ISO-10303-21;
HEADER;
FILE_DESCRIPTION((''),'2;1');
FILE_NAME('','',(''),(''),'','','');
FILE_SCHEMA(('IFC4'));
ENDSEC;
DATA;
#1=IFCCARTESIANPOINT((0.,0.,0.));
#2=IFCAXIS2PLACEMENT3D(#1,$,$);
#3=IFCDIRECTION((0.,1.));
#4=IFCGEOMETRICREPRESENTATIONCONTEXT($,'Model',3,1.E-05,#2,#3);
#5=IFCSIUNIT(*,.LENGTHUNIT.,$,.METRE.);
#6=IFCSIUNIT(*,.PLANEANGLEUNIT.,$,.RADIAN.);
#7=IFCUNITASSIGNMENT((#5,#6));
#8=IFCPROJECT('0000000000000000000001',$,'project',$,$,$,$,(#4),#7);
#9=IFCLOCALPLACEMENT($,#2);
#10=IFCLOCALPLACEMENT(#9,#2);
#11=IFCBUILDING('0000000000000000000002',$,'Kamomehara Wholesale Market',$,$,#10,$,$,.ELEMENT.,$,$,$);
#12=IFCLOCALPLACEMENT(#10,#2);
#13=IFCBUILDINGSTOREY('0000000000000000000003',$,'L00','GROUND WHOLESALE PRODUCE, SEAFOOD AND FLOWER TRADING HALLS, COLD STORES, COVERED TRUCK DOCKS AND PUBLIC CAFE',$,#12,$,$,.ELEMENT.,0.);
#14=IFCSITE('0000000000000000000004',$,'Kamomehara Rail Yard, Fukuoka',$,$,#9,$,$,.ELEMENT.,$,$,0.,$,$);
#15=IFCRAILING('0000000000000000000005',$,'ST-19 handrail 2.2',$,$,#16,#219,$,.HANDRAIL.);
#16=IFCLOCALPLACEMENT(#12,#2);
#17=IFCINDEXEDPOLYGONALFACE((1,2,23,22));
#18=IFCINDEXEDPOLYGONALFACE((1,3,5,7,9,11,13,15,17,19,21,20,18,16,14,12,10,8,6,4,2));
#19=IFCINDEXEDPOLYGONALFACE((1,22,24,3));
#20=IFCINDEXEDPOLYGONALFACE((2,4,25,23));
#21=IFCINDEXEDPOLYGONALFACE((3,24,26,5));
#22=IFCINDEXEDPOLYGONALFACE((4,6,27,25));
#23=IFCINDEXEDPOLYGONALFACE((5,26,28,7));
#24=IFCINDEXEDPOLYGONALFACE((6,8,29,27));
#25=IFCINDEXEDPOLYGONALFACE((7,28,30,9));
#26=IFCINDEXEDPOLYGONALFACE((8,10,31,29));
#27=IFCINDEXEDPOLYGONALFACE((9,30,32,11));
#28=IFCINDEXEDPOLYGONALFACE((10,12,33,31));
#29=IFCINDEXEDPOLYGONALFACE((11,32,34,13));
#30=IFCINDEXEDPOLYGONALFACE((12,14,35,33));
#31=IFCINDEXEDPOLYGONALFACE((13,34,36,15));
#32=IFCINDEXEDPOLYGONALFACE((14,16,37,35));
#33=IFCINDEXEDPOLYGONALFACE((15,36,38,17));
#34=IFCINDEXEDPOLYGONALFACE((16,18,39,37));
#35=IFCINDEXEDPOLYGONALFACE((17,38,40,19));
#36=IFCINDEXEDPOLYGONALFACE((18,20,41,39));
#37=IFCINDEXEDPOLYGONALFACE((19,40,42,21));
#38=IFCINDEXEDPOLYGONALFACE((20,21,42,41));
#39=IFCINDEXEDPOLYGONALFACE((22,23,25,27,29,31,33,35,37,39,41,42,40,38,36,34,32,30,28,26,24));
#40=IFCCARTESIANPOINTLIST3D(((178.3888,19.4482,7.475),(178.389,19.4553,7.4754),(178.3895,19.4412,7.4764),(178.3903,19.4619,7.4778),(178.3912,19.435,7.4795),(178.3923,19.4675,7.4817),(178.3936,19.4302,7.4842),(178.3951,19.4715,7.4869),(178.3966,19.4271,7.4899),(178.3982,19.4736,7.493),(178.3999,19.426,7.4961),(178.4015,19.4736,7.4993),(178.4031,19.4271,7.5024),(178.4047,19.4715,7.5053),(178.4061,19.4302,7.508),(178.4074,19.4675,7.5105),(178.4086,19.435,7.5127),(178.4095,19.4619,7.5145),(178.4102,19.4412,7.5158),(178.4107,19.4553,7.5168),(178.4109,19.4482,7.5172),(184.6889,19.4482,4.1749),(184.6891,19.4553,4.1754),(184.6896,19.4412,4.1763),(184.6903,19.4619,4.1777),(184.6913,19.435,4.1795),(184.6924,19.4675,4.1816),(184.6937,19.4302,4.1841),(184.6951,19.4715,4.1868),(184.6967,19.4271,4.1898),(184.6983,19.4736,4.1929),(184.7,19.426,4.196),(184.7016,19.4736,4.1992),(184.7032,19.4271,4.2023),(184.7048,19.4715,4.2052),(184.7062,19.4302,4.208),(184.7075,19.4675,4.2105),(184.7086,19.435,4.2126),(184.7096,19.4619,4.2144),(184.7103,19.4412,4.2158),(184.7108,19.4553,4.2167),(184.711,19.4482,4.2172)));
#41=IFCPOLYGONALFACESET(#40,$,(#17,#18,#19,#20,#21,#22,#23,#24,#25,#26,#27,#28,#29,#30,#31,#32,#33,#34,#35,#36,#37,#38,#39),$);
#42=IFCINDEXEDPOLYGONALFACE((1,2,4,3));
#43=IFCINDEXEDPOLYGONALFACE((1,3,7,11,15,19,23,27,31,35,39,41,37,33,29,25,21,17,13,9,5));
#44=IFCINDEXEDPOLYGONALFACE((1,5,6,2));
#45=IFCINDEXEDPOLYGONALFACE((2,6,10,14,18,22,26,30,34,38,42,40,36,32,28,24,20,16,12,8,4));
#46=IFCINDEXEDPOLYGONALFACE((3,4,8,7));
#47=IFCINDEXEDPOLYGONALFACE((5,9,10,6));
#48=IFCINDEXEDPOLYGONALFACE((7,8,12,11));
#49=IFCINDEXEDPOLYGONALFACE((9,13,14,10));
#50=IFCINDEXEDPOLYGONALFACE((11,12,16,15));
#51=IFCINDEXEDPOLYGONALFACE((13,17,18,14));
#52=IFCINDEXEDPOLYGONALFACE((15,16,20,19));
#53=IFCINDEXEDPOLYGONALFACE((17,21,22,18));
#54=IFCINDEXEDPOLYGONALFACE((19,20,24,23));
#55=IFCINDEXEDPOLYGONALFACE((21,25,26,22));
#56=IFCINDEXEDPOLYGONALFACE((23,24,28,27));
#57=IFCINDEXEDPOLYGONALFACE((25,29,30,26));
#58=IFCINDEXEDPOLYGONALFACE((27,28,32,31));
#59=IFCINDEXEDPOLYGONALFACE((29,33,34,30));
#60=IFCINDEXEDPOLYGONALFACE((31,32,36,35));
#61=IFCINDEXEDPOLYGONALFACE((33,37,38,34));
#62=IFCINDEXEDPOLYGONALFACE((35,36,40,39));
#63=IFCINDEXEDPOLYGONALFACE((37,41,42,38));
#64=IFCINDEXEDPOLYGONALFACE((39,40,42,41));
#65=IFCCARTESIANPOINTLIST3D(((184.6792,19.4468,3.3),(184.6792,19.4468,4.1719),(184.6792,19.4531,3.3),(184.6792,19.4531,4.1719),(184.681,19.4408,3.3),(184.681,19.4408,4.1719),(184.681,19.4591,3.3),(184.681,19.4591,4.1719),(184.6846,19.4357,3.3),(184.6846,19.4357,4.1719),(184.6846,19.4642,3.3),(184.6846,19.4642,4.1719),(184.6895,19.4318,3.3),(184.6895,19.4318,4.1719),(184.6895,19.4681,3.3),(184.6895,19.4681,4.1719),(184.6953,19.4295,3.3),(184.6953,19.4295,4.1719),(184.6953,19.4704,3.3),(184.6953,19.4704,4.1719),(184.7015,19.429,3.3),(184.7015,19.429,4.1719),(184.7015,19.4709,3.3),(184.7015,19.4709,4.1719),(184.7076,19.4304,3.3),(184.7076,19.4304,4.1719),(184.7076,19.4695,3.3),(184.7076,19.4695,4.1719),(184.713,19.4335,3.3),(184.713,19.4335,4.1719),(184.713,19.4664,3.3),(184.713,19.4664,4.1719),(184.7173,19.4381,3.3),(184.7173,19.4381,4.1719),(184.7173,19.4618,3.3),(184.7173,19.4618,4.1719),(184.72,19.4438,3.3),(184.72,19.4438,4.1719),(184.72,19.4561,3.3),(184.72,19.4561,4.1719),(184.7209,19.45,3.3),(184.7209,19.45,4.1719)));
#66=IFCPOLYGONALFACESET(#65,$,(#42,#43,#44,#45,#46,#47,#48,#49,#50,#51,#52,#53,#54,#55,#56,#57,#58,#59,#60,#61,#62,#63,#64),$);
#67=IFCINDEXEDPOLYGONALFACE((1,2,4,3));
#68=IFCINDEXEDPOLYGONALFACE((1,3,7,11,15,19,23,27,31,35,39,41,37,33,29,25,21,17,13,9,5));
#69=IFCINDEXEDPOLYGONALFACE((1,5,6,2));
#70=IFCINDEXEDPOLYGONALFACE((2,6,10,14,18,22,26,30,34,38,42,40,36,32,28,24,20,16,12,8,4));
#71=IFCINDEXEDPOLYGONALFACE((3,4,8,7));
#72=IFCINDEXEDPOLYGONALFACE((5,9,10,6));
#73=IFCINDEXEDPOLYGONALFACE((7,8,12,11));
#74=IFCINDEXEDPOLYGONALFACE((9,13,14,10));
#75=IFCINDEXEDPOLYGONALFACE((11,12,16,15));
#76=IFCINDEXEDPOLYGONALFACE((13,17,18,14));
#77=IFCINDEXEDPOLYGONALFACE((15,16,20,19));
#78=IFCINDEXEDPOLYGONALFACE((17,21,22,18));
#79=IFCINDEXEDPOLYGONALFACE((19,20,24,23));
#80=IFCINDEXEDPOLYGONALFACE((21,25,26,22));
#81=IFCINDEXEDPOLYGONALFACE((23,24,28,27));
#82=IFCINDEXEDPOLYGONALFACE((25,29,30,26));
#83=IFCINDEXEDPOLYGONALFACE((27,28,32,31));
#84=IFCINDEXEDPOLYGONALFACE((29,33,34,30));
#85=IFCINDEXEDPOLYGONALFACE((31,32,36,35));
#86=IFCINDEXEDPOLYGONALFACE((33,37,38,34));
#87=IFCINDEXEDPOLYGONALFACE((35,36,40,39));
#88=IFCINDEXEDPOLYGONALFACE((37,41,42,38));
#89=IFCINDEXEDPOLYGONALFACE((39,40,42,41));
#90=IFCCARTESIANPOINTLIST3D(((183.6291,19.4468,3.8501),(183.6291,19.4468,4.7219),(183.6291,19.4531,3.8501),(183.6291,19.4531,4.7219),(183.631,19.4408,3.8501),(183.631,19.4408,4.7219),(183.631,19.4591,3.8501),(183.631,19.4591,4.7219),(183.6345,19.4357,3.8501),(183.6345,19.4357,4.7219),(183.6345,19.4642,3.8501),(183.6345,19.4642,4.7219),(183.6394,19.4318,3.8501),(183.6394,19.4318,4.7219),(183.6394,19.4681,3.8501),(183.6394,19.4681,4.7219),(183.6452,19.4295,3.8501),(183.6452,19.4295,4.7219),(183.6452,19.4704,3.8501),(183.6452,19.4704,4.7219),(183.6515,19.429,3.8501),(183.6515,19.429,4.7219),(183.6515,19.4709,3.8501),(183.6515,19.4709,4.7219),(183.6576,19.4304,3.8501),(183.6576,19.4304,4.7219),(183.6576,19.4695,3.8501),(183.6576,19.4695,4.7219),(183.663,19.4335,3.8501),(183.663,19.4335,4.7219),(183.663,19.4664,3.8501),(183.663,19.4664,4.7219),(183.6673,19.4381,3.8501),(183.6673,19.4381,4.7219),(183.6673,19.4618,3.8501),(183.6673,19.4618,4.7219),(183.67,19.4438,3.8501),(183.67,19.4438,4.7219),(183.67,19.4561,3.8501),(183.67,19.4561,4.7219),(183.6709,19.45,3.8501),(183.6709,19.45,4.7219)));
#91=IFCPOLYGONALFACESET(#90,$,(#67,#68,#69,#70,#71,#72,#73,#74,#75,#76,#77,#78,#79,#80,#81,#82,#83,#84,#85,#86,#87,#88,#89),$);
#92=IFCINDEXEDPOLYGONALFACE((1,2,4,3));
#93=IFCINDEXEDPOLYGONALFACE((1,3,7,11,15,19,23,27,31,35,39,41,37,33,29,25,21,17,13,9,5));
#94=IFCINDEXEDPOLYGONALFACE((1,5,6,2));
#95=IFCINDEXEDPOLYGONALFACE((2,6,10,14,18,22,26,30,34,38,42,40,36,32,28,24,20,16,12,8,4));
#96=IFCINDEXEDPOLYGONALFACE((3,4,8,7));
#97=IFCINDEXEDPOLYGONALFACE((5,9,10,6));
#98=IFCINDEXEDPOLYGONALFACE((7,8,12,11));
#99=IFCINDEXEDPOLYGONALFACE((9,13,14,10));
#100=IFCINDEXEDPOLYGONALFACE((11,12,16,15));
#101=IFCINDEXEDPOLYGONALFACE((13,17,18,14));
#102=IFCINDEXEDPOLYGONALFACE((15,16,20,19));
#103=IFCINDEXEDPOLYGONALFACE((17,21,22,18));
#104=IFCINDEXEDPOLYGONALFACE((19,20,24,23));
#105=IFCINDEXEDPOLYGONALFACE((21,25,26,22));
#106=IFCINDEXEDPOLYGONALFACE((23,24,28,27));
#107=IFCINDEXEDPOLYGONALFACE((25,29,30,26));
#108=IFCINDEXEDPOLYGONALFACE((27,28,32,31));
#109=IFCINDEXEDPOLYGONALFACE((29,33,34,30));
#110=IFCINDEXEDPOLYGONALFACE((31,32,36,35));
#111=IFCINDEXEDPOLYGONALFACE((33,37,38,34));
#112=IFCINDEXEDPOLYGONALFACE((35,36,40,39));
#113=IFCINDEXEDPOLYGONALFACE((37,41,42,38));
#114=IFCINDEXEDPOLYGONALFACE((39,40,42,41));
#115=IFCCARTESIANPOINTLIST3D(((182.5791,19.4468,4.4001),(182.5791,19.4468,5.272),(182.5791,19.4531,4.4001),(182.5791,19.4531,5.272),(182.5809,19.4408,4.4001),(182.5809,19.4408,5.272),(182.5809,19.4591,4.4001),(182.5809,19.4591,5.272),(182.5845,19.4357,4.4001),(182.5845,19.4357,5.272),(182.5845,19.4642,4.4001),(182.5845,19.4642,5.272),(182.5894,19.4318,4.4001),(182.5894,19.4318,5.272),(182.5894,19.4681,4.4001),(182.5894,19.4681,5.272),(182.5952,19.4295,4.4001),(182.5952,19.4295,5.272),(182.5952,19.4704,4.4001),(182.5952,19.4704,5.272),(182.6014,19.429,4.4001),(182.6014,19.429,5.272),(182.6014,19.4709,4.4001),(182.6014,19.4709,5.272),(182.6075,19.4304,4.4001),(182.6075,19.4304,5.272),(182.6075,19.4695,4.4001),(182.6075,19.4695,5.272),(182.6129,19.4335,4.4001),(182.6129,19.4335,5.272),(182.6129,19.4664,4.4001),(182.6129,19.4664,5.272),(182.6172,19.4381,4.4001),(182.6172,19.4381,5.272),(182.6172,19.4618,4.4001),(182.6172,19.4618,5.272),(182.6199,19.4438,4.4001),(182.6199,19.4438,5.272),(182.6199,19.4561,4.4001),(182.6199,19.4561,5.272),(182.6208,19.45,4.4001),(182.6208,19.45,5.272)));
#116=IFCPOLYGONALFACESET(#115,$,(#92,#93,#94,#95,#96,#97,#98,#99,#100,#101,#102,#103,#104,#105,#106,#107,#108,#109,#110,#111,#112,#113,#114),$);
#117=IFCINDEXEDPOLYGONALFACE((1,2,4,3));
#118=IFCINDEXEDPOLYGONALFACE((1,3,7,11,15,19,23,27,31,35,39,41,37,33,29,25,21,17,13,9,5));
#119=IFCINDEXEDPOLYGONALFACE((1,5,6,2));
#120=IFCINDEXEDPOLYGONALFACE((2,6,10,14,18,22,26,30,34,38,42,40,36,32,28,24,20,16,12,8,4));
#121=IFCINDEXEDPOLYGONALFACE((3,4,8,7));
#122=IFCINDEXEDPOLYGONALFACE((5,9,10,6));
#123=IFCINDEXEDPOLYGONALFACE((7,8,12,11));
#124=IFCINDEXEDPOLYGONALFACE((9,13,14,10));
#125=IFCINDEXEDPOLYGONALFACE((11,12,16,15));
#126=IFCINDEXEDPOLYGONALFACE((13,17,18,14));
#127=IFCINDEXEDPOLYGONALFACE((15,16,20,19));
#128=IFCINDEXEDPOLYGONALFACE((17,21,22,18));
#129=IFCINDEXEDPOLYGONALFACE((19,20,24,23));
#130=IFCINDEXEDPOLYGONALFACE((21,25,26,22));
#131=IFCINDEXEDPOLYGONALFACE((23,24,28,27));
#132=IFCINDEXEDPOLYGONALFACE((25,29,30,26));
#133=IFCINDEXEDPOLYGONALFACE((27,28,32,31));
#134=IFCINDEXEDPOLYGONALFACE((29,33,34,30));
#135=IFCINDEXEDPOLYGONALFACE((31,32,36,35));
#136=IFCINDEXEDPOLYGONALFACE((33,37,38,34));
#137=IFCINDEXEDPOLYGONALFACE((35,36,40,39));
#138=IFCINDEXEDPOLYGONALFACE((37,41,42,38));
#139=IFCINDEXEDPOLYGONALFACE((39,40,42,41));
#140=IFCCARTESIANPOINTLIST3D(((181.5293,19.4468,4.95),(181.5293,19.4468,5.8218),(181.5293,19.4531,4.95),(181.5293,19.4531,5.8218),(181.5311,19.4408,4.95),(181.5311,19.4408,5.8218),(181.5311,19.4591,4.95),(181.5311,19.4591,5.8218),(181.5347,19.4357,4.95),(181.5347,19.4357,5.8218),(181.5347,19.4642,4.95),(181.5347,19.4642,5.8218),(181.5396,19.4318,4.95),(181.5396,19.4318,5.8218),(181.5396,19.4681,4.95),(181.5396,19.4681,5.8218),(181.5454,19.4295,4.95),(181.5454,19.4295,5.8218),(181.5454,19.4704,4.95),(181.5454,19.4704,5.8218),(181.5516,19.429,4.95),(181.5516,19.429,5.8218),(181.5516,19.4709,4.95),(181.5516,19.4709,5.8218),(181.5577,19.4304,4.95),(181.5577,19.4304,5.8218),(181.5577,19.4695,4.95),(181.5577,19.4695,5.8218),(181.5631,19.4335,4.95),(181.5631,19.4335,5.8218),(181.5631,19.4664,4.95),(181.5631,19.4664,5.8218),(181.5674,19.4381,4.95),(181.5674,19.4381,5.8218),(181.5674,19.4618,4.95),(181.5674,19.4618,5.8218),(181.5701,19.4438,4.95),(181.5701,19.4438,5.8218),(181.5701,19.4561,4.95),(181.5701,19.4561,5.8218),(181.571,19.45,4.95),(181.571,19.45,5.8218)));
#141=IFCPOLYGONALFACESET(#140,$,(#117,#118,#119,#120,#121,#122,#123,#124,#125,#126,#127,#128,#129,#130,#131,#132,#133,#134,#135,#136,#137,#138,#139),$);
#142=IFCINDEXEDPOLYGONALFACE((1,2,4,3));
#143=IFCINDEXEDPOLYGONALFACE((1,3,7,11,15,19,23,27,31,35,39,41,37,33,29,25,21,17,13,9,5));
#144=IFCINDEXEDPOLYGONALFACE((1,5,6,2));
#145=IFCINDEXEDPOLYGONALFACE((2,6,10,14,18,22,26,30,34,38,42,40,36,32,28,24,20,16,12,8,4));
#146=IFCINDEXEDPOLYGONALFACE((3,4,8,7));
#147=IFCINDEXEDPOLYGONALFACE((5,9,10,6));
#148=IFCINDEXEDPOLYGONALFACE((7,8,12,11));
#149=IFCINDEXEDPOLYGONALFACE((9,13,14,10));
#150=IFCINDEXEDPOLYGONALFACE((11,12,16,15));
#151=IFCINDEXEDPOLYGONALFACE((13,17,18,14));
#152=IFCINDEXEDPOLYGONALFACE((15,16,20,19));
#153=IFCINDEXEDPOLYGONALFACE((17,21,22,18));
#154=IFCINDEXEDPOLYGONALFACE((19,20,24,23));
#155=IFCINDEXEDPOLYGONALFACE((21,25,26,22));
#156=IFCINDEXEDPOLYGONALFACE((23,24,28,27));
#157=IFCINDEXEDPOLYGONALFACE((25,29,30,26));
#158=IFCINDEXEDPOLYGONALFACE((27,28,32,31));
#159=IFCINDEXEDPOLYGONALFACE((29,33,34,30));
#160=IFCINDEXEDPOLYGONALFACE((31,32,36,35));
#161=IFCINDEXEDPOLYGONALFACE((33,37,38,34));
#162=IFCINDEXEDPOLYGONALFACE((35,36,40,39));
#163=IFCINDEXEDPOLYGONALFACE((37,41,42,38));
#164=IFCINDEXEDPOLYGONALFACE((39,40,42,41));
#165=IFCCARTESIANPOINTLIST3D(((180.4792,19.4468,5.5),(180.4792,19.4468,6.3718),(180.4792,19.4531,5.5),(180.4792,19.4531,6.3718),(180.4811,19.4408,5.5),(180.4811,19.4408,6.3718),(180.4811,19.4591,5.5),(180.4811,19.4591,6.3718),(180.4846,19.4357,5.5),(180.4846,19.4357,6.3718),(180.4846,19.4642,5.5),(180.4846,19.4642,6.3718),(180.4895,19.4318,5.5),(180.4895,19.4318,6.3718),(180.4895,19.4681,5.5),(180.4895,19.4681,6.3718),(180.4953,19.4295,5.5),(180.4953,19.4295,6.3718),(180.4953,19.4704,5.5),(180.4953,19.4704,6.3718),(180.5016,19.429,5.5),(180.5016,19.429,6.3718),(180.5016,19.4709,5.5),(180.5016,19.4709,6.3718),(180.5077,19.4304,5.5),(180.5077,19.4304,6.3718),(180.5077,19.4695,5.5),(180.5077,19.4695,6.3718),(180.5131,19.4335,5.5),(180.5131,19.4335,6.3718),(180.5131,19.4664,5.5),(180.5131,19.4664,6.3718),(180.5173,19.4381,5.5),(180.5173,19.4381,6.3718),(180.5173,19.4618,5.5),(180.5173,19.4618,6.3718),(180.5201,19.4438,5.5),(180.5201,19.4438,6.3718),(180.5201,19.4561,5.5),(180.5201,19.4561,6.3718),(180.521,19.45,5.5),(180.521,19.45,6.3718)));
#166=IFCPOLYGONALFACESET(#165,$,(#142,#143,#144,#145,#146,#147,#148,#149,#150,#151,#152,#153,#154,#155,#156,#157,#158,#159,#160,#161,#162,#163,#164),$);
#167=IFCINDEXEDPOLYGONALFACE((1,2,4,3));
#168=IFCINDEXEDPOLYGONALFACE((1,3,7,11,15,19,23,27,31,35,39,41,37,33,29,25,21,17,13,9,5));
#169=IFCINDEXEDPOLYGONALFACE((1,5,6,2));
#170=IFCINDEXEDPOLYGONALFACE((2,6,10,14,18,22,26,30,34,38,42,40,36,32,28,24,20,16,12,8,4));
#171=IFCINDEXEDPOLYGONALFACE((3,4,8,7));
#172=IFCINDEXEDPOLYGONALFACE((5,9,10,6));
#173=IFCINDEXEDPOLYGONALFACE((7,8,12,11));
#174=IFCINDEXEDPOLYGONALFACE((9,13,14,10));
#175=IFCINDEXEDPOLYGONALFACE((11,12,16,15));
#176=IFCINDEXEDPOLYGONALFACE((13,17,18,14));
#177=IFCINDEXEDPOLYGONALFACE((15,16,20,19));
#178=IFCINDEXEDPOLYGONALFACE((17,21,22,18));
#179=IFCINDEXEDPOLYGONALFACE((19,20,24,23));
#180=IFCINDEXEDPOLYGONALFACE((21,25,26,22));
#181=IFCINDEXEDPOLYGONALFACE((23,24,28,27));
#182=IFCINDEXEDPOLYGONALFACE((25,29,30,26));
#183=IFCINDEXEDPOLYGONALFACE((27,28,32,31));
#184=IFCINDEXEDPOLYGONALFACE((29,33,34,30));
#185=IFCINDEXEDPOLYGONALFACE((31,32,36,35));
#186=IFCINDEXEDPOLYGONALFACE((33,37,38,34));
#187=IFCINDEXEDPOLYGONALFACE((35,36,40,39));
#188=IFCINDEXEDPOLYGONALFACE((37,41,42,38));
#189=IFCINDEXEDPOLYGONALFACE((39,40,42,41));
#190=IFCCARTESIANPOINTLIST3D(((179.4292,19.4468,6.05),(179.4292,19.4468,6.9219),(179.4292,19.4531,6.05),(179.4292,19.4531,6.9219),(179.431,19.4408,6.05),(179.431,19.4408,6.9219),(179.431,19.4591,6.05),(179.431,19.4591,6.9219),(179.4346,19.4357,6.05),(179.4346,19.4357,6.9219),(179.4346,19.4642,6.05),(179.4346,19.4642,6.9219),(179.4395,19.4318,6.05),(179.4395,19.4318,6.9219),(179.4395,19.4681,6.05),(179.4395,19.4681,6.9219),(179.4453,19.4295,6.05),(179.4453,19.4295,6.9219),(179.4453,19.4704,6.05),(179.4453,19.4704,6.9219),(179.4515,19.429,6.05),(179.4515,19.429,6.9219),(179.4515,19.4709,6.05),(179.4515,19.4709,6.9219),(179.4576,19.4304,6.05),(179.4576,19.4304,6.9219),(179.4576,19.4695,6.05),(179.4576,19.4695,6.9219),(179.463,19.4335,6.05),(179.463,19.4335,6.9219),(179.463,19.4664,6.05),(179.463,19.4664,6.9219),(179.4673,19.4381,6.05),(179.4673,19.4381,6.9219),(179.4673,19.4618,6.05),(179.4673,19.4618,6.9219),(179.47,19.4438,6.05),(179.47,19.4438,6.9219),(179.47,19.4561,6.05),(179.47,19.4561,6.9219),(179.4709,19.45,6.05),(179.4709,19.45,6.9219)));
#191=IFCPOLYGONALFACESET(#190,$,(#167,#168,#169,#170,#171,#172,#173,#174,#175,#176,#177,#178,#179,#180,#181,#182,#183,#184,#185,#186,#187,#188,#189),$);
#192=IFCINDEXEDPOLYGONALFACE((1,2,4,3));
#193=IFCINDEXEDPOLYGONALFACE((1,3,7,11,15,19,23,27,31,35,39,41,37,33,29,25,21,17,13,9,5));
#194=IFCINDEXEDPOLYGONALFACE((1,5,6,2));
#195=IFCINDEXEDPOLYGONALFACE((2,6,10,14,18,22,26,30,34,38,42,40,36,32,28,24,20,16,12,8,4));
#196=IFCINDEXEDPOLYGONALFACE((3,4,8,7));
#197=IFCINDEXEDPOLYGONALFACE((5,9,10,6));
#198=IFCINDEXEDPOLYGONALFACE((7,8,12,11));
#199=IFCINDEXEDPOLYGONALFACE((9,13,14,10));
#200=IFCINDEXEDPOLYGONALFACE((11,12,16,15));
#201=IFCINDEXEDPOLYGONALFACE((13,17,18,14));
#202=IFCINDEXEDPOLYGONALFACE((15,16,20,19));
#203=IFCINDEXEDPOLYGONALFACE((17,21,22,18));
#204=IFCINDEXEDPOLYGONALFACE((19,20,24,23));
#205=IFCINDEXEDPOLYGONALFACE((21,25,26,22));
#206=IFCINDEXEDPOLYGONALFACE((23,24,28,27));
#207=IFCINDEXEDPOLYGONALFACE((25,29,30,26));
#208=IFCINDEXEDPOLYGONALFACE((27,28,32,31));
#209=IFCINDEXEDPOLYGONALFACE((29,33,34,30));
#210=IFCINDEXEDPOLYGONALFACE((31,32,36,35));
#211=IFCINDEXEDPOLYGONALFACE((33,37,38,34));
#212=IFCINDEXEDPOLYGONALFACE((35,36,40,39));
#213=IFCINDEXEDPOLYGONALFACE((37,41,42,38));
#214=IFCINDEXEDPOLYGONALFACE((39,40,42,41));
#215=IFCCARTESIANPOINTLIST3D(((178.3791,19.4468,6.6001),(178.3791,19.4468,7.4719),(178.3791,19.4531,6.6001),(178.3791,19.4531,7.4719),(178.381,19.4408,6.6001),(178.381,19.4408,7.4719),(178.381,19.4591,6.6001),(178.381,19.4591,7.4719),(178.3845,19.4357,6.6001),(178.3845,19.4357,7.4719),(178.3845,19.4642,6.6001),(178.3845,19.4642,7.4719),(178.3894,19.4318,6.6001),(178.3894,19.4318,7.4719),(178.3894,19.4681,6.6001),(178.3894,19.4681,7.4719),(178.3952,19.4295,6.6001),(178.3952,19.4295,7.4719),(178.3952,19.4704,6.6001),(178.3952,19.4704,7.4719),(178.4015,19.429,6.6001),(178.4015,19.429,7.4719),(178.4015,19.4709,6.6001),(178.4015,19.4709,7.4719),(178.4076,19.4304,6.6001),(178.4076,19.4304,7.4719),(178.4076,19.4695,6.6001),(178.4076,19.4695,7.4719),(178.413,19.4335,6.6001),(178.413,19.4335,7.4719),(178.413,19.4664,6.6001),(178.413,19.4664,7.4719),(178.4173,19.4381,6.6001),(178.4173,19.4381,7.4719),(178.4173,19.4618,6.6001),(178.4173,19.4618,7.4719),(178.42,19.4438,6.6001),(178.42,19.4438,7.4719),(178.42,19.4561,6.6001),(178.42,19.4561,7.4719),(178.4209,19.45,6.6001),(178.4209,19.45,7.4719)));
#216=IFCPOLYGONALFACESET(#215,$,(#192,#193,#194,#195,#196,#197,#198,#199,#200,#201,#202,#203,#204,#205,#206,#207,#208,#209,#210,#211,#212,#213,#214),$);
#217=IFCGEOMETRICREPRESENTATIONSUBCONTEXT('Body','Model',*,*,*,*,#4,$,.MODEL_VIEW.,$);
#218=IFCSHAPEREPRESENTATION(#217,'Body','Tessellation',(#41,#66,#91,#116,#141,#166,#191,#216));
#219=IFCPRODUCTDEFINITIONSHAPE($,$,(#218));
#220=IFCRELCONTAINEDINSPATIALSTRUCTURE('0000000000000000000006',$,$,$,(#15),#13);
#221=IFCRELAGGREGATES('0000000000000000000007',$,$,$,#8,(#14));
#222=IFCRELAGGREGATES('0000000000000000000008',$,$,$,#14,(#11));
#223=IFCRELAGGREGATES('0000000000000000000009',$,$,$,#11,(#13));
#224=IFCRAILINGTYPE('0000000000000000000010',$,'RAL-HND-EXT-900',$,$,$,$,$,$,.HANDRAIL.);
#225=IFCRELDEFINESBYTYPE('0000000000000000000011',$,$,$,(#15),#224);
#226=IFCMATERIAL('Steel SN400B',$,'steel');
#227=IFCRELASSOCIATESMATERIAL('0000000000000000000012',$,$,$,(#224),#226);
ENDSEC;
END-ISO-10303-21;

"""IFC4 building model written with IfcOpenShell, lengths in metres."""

from ifc_helpers import new_model, si_unit, direction, frame, origin, origin_2d, place, context, subcontext, project, spatial, circle, extrude, material, type_object, element, save


model = new_model("IFC4")

# Units and contexts
model_context = context("Model", 3, precision=1e-05, world=origin(), true_north=direction((0.0, 1.0)))
body_context = subcontext(model_context, "Body", "Model", "MODEL_VIEW")
ifc_project = project(units=[si_unit("LENGTHUNIT", "METRE"), si_unit("PLANEANGLEUNIT", "RADIAN")], contexts=[model_context])

# Site, building, storey
site_placement = place(None, origin())
site = spatial("IfcSite", under=ifc_project, at=site_placement, Name="Kamomehara Rail Yard, Fukuoka", CompositionType="ELEMENT", RefElevation=0.0)
building_placement = place(site_placement, origin())
building = spatial("IfcBuilding", under=site, at=building_placement, Name="Kamomehara Wholesale Market", CompositionType="ELEMENT")
storey_placement = place(building_placement, origin())
storey = spatial("IfcBuildingStorey", under=building, at=storey_placement, Name="L00", Description="GROUND WHOLESALE PRODUCE, SEAFOOD AND FLOWER TRADING HALLS, COLD STORES, COVERED TRUCK DOCKS AND PUBLIC CAFE", CompositionType="ELEMENT", Elevation=0.0)

# Railing
ifc_material_1 = material(Name="Steel SN400B", Category="steel")
railing_type_1 = type_object("IfcRailingType", Name="RAL-HND-EXT-900", PredefinedType="HANDRAIL", material=ifc_material_1)
railing_1_placement = place(storey_placement, frame((184.7, 19.45, 3.3)))
element("IfcRailing", 1, at=railing_1_placement, inside=storey, type_object=railing_type_1, Name="ST-19 handrail 2.2", PredefinedType="HANDRAIL", context=body_context, shape_type="SweptSolid", body=[
    extrude(circle(Radius=0.0239, at=origin_2d()), frame((0.0, 0.0, 0.896), z_axis=(-0.88583, 0.0, 0.46401), x_axis=(0.0, -1.0, 0.0)), (0.0, 0.0, 1.0), 7.1121),
    extrude(circle(Radius=0.021, at=origin_2d()), origin(), (0.0, 0.0, 1.0), 0.8718),
    extrude(circle(Radius=0.021, at=origin_2d()), frame((-1.05, 0.0, 0.55)), (0.0, 0.0, 1.0), 0.8718),
    extrude(circle(Radius=0.021, at=origin_2d()), frame((-2.1001, 0.0, 1.1001)), (0.0, 0.0, 1.0), 0.8718),
    extrude(circle(Radius=0.021, at=origin_2d()), frame((-3.1499, 0.0, 1.6499)), (0.0, 0.0, 1.0), 0.8718),
    extrude(circle(Radius=0.021, at=origin_2d()), frame((-4.2, 0.0, 2.2)), (0.0, 0.0, 1.0), 0.8718),
    extrude(circle(Radius=0.021, at=origin_2d()), frame((-5.25, 0.0, 2.75)), (0.0, 0.0, 1.0), 0.8718),
    extrude(circle(Radius=0.021, at=origin_2d()), frame((-6.3, 0.0, 3.3)), (0.0, 0.0, 1.0), 0.8718),
])

save(model, "model.ifc")
